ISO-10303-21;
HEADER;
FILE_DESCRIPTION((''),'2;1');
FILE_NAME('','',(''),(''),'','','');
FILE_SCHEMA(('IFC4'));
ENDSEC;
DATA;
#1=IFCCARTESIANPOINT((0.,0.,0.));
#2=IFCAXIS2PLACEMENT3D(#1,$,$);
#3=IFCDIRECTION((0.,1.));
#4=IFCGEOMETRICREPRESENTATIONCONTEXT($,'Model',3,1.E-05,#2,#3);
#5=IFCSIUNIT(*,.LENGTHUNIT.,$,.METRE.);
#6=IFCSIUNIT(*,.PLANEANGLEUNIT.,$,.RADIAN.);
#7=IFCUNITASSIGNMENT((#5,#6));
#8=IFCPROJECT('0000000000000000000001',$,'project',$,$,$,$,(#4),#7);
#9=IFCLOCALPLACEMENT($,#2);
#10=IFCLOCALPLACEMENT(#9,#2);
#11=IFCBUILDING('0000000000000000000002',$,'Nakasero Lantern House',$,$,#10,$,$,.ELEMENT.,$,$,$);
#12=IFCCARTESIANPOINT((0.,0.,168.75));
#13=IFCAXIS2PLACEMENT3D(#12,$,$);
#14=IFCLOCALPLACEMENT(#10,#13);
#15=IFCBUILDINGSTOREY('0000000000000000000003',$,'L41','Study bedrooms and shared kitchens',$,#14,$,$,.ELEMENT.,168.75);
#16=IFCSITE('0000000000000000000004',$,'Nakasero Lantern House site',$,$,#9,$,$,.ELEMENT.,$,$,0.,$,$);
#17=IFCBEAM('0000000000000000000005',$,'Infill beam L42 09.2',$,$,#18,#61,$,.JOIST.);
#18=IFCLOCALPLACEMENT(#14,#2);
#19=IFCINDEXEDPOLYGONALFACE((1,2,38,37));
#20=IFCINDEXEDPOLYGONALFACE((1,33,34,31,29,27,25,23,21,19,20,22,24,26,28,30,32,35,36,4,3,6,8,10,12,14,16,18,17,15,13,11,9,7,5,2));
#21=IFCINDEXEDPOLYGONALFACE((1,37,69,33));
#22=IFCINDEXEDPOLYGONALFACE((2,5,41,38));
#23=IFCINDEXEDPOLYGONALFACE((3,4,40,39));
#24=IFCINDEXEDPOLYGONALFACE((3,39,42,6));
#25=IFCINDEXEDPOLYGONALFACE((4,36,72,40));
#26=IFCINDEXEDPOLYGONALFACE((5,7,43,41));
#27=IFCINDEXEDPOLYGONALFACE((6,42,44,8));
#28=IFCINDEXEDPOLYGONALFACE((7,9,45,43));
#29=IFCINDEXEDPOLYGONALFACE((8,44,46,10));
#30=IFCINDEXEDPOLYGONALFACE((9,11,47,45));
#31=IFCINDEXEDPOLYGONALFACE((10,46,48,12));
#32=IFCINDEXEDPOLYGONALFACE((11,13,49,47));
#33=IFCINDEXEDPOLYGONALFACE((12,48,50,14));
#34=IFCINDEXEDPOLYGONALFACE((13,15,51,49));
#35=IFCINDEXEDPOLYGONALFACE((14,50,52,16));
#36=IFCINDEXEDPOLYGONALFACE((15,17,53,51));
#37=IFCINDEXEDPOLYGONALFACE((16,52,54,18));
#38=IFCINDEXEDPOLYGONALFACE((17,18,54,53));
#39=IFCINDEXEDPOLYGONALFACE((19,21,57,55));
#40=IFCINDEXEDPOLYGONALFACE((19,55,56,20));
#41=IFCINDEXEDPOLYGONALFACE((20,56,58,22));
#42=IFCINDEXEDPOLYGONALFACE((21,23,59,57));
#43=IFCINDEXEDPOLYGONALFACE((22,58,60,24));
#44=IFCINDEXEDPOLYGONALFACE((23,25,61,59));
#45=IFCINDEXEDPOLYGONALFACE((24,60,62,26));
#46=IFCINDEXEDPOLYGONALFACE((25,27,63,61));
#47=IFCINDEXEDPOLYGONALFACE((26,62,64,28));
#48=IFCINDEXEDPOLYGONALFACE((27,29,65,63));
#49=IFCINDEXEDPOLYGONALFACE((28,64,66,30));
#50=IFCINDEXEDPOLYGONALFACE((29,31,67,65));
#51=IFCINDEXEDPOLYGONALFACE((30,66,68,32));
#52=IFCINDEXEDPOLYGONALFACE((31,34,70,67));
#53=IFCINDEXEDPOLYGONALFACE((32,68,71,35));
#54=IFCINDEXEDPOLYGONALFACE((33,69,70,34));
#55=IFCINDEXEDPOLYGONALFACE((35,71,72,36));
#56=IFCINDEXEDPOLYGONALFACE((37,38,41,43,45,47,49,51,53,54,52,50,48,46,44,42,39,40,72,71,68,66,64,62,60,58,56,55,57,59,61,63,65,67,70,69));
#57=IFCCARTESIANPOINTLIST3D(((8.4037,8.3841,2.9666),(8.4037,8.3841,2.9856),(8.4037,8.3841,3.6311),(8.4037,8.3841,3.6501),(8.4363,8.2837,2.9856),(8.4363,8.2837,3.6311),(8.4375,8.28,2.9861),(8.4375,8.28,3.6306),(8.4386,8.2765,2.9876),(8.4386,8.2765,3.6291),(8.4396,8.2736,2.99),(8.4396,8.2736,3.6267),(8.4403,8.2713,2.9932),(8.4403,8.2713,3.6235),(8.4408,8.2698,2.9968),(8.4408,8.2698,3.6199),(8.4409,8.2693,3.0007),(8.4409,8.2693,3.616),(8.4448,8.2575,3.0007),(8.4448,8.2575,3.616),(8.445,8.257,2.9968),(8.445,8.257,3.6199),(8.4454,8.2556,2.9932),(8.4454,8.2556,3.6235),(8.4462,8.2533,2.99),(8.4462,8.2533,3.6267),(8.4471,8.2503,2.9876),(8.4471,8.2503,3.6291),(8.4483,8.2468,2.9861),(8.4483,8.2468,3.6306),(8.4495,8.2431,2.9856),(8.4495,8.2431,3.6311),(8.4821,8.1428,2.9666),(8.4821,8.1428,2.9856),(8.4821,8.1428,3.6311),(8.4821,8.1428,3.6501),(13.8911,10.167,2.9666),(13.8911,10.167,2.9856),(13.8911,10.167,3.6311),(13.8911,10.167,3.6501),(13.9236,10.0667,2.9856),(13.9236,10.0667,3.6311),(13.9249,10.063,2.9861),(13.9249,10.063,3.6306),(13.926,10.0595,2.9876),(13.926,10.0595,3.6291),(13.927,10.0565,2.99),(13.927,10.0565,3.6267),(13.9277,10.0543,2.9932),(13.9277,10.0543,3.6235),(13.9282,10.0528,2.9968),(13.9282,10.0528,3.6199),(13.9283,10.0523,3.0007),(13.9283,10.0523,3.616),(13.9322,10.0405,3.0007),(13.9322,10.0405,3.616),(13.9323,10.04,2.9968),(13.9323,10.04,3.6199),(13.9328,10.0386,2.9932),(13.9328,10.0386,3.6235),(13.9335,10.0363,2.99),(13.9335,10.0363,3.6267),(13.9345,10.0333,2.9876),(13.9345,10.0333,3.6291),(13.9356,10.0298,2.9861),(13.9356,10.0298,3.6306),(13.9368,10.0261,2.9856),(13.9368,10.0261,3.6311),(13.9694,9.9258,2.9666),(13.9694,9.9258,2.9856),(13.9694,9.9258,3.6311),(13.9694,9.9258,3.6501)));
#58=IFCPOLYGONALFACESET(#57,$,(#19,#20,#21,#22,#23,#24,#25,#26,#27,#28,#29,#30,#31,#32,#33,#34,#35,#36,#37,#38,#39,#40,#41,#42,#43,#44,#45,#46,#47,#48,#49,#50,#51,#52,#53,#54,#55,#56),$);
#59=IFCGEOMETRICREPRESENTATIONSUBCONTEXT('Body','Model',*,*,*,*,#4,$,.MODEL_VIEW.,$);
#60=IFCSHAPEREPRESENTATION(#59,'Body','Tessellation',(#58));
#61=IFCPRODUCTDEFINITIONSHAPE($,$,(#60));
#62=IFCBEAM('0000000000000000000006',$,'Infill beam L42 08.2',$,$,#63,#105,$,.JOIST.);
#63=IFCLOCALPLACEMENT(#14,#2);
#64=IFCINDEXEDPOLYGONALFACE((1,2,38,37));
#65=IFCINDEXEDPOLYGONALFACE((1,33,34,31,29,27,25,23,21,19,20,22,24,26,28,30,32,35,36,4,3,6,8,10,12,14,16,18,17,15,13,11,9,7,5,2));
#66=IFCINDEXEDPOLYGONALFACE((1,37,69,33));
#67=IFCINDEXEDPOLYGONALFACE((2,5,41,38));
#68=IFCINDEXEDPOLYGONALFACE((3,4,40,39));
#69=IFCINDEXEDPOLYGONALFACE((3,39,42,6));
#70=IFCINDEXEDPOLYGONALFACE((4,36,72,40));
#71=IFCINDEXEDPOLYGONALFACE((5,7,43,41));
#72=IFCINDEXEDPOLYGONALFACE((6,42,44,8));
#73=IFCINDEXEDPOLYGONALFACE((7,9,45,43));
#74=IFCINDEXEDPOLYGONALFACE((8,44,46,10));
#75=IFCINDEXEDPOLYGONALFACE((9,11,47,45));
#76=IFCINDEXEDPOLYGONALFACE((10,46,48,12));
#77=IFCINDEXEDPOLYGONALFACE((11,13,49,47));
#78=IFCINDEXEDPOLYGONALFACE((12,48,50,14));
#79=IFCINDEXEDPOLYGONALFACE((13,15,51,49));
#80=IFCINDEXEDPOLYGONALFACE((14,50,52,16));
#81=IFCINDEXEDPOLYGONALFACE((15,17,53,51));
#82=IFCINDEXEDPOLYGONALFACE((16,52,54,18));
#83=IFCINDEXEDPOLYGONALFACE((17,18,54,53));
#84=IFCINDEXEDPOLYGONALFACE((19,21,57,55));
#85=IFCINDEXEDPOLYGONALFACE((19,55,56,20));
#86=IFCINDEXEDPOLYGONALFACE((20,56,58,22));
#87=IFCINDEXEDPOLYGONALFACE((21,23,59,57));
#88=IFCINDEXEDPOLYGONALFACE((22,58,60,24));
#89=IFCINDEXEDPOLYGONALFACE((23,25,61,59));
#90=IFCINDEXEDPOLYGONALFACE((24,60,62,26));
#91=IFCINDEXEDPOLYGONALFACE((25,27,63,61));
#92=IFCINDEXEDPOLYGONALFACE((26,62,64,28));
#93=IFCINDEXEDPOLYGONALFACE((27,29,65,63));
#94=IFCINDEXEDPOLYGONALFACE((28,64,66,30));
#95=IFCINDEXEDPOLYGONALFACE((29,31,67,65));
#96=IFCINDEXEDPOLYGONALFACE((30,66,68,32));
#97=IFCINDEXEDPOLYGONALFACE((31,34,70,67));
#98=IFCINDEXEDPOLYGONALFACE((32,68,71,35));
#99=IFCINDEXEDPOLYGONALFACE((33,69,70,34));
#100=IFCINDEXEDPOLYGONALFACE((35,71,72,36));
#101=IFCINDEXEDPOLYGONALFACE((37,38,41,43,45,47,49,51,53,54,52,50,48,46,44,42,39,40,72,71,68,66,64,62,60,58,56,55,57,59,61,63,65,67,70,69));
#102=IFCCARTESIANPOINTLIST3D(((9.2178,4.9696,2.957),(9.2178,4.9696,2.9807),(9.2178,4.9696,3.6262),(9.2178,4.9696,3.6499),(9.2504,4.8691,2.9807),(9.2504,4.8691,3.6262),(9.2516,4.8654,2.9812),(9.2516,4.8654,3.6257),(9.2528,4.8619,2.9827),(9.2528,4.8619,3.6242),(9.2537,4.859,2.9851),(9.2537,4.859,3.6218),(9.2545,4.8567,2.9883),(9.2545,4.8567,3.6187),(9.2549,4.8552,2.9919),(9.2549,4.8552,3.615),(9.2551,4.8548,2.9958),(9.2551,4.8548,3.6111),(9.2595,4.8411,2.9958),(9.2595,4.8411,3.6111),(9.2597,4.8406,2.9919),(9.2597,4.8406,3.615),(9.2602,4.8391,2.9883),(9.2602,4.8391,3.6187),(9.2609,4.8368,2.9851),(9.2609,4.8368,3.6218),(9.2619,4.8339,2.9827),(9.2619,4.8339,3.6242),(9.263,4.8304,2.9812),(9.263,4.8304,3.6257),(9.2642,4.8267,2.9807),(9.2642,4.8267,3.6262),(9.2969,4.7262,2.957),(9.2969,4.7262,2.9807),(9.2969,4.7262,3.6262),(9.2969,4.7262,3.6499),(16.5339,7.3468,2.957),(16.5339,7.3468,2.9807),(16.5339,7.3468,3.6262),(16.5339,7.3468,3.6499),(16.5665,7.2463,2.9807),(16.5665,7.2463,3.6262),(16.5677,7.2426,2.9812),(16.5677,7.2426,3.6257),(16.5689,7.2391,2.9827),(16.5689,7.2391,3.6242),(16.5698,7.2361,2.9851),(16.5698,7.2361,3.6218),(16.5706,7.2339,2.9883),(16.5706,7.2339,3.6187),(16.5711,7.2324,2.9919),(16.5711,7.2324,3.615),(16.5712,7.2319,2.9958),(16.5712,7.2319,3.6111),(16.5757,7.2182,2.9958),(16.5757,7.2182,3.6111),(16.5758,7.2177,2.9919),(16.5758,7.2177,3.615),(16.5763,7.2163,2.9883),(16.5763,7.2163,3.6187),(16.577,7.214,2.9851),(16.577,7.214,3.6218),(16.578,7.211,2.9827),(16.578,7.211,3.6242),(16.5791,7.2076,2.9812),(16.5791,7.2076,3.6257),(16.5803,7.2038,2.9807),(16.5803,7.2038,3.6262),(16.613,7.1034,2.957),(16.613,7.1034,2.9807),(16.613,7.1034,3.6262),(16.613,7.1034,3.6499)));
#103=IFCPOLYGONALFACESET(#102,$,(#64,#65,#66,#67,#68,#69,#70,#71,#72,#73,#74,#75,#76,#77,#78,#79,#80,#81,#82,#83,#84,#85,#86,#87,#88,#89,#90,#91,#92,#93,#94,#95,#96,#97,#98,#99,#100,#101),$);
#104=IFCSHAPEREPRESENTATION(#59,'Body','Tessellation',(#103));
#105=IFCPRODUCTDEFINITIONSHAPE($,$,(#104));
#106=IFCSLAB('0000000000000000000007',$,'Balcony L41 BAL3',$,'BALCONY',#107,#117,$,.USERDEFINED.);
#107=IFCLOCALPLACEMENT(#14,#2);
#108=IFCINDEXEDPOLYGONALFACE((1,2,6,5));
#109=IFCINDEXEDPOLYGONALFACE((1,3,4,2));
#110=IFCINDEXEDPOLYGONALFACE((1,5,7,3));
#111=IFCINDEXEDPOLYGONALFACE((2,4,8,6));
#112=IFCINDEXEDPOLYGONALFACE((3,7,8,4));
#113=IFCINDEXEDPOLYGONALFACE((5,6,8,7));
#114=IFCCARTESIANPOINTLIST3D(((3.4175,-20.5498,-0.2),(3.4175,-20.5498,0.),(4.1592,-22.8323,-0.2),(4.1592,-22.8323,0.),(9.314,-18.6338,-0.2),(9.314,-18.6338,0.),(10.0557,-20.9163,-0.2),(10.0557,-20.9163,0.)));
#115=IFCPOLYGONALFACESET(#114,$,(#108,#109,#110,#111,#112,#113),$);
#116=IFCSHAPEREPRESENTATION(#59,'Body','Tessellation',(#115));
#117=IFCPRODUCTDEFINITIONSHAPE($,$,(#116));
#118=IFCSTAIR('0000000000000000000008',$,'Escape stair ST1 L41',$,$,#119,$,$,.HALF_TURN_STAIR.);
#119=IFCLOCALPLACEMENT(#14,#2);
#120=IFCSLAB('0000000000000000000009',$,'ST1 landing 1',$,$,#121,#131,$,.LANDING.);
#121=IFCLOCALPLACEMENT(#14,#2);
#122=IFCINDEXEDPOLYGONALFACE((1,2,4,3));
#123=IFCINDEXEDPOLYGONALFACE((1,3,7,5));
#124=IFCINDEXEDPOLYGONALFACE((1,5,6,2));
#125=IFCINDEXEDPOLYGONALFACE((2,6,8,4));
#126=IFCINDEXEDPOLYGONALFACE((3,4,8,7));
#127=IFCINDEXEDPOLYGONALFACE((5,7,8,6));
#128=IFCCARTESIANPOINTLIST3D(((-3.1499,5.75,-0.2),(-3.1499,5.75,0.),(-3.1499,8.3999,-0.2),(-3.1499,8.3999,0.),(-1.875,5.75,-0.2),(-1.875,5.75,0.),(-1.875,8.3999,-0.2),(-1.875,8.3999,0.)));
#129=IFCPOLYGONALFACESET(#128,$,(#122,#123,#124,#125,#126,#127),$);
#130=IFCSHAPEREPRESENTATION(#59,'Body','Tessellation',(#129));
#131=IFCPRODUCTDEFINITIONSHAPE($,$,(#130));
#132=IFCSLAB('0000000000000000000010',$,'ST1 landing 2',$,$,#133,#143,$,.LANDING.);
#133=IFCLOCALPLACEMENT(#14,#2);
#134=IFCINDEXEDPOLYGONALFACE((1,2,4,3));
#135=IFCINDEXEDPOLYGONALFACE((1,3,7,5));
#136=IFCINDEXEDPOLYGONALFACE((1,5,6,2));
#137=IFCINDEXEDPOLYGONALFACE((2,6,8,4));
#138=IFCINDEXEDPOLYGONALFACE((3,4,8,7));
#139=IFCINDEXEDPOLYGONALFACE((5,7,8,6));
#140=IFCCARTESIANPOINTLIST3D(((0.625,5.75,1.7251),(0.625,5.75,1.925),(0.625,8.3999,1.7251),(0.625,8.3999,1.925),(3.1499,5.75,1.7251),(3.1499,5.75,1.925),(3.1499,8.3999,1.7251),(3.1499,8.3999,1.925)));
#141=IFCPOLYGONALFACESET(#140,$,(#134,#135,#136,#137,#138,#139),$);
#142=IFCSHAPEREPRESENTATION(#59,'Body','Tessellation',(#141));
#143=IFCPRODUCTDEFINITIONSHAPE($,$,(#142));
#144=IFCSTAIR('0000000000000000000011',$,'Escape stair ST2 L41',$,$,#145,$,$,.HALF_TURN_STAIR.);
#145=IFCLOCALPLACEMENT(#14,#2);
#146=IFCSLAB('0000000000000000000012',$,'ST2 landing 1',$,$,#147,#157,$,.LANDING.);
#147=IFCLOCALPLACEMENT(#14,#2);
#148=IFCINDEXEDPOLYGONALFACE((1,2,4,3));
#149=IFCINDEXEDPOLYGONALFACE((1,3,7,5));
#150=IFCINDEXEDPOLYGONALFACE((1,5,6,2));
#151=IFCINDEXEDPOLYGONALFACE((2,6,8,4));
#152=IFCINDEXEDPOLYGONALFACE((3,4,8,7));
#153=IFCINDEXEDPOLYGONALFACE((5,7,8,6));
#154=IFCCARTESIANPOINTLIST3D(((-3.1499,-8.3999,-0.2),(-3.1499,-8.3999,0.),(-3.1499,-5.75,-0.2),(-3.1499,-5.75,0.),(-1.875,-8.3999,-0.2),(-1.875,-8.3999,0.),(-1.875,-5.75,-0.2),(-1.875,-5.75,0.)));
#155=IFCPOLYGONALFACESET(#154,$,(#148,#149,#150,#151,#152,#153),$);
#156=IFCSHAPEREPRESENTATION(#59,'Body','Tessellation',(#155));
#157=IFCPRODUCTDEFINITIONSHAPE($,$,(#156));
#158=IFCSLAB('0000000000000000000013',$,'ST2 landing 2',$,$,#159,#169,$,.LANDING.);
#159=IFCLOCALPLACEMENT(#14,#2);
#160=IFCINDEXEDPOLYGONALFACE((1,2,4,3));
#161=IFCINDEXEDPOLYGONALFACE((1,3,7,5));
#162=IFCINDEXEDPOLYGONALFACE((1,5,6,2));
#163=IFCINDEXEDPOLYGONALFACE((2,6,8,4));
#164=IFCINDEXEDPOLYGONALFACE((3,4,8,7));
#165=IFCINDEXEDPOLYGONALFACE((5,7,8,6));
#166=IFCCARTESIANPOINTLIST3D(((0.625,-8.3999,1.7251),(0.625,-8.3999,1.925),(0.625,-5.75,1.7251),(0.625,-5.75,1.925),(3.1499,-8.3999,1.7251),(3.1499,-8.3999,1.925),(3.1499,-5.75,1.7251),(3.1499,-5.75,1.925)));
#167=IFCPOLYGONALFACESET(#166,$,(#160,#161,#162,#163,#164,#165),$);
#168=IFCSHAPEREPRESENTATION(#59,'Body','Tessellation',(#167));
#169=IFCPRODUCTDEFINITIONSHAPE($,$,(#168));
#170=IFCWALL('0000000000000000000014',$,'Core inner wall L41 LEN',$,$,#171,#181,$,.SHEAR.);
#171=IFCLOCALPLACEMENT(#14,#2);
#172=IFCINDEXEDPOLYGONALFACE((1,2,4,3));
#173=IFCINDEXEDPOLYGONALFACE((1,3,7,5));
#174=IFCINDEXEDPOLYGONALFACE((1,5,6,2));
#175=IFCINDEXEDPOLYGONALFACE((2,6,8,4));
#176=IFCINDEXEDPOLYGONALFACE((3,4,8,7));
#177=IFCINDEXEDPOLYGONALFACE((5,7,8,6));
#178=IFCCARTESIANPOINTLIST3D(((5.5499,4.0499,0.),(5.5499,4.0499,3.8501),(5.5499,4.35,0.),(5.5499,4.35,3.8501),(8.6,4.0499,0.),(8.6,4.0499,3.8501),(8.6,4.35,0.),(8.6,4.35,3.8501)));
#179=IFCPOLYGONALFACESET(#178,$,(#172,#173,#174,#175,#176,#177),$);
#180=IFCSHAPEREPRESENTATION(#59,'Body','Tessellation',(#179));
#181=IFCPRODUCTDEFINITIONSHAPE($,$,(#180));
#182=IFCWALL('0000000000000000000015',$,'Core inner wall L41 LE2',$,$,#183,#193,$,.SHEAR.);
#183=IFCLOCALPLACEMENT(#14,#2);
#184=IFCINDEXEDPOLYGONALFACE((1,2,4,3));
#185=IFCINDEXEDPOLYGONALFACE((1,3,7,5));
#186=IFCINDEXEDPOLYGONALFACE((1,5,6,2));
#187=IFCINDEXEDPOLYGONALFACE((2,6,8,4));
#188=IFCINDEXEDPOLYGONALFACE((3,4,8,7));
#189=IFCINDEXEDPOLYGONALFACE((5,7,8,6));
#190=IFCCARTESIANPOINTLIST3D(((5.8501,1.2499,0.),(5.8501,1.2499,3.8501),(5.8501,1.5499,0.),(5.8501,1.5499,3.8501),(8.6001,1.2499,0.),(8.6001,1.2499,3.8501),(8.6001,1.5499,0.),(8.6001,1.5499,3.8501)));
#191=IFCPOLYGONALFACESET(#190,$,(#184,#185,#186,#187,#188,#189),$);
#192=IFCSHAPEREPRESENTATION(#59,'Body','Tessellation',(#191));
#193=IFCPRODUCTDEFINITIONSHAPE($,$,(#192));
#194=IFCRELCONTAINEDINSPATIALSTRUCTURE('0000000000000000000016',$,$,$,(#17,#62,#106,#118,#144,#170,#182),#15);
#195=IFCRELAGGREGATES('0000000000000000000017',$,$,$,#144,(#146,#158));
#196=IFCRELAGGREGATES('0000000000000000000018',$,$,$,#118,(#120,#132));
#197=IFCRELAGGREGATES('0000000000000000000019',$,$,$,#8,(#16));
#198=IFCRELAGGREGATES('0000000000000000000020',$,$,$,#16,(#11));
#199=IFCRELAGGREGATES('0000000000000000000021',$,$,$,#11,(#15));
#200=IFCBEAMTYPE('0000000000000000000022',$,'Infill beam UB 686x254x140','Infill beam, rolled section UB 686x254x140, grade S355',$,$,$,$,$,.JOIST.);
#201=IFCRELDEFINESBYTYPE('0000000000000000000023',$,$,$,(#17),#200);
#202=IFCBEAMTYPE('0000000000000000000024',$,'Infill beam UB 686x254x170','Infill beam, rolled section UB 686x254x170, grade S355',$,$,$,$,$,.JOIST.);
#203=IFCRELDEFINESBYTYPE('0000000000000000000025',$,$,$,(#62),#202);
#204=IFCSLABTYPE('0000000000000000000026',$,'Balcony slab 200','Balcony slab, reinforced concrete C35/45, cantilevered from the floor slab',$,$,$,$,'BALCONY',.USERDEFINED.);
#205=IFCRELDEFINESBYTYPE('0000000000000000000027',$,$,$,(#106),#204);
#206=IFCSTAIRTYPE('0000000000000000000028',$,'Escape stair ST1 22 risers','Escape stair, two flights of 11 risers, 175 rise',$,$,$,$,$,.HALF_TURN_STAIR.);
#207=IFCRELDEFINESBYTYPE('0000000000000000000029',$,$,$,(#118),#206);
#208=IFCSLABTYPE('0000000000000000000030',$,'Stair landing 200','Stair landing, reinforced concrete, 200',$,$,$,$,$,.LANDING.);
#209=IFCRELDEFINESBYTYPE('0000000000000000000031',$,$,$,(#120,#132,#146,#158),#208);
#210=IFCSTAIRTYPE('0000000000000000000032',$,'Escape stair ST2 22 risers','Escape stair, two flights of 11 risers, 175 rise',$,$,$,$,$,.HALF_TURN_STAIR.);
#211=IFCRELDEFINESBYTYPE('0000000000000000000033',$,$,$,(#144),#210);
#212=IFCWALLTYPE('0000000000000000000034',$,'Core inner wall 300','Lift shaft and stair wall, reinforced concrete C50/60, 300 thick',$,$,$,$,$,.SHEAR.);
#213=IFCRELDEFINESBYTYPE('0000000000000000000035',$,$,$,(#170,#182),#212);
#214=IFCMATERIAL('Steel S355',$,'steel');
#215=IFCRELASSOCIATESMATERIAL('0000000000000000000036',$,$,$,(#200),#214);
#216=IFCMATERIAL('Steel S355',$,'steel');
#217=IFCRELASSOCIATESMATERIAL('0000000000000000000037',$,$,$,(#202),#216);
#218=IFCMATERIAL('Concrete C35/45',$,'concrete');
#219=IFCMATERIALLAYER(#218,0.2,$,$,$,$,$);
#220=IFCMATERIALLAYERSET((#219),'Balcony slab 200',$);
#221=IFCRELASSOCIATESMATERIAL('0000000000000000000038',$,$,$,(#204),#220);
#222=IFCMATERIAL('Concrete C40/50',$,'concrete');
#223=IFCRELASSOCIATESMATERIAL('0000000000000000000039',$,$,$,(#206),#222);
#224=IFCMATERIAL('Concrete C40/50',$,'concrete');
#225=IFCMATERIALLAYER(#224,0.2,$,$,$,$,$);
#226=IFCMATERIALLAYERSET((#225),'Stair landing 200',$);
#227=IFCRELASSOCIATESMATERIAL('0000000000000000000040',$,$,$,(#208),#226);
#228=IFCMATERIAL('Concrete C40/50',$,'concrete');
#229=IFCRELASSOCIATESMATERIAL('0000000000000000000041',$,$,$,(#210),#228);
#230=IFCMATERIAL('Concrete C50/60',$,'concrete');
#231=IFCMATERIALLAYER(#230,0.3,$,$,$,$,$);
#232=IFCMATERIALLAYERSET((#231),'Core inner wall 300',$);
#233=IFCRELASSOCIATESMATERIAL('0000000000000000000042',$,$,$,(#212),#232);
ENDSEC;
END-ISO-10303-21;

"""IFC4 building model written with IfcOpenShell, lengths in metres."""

from ifc_helpers import new_model, si_unit, direction, frame, frame_2d, origin, origin_2d, place, context, subcontext, project, spatial, polyline, rectangle, i_section, outline, extrude, material, layer, layer_set, material_profile, profile_set, type_object, element, aggregate, save


model = new_model("IFC4")

# Units and contexts
model_context = context("Model", 3, precision=1e-05, world=origin(), true_north=direction((0.0, 1.0)))
body_context = subcontext(model_context, "Body", "Model", "MODEL_VIEW")
ifc_project = project(units=[si_unit("LENGTHUNIT", "METRE"), si_unit("PLANEANGLEUNIT", "RADIAN")], contexts=[model_context])

# Site, building, storey
site_placement = place(None, origin())
site = spatial("IfcSite", under=ifc_project, at=site_placement, Name="Nakasero Lantern House site", CompositionType="ELEMENT", RefElevation=0.0)
building_placement = place(site_placement, origin())
building = spatial("IfcBuilding", under=site, at=building_placement, Name="Nakasero Lantern House", CompositionType="ELEMENT")
storey_placement = place(building_placement, frame((0.0, 0.0, 168.75)))
storey = spatial("IfcBuildingStorey", under=building, at=storey_placement, Name="L41", Description="Study bedrooms and shared kitchens", CompositionType="ELEMENT", Elevation=168.75)

# Beams
ifc_material_1 = material(Name="Steel S355", Category="steel")
ifc_material_profile_1 = material_profile(ifc_material_1, i_section(OverallWidth=0.2537, OverallDepth=0.6836, WebThickness=0.0125, FlangeThickness=0.019, FilletRadius=0.0151, at=origin_2d()), Name="UB 686x254x140")
ifc_profile_set_1 = profile_set([ifc_material_profile_1], Name="Steel S355")
beam_type_1 = type_object("IfcBeamType", Name="Infill beam UB 686x254x140", Description="Infill beam, rolled section UB 686x254x140, grade S355", PredefinedType="JOIST", material=ifc_profile_set_1)
beam_1_placement = place(storey_placement, frame((8.4429, 8.2634, 3.3083), z_axis=(0.951055, 0.309021, 0.0), x_axis=(-0.309021, 0.951055, 0.0)))
element("IfcBeam", 1, at=beam_1_placement, inside=storey, type_object=beam_type_1, Name="Infill beam L42 09.2", PredefinedType="JOIST", context=body_context, shape_type="SweptSolid", body=[
    extrude(i_section(OverallWidth=0.2537, OverallDepth=0.6836, WebThickness=0.0125, FlangeThickness=0.019, FilletRadius=0.0151, at=origin_2d()), origin(), (0.0, 0.0, 1.0), 5.7698),
])
ifc_material_2 = material(Name="Steel S355", Category="steel")
ifc_material_profile_2 = material_profile(ifc_material_2, i_section(OverallWidth=0.2559, OverallDepth=0.6929, WebThickness=0.0144, FlangeThickness=0.0237, FilletRadius=0.0151, at=origin_2d()), Name="UB 686x254x170")
ifc_profile_set_2 = profile_set([ifc_material_profile_2], Name="Steel S355")
beam_type_2 = type_object("IfcBeamType", Name="Infill beam UB 686x254x170", Description="Infill beam, rolled section UB 686x254x170, grade S355", PredefinedType="JOIST", material=ifc_profile_set_2)
beam_2_placement = place(storey_placement, frame((9.2573, 4.8479, 3.3035), z_axis=(0.951055, 0.309021, 0.0), x_axis=(-0.309021, 0.951055, 0.0)))
element("IfcBeam", 2, at=beam_2_placement, inside=storey, type_object=beam_type_2, Name="Infill beam L42 08.2", PredefinedType="JOIST", context=body_context, shape_type="SweptSolid", body=[
    extrude(i_section(OverallWidth=0.2559, OverallDepth=0.6929, WebThickness=0.0144, FlangeThickness=0.0237, FilletRadius=0.0151, at=origin_2d()), origin(), (0.0, 0.0, 1.0), 7.6926),
])

# Slab
ifc_material_3 = material(Name="Concrete C35/45", Category="concrete")
ifc_layer_1 = layer(ifc_material_3, 0.2)
ifc_layer_set_1 = layer_set([ifc_layer_1], Name="Balcony slab 200")
slab_type_1 = type_object("IfcSlabType", Name="Balcony slab 200", Description="Balcony slab, reinforced concrete C35/45, cantilevered from the floor slab", ElementType="BALCONY", PredefinedType="USERDEFINED", material=ifc_layer_set_1)
slab_1_placement = place(storey_placement, frame((0.0, 0.0, -0.2)))
element("IfcSlab", 3, at=slab_1_placement, inside=storey, type_object=slab_type_1, Name="Balcony L41 BAL3", ObjectType="BALCONY", PredefinedType="USERDEFINED", context=body_context, shape_type="SweptSolid", body=[
    extrude(outline(polyline([(3.4175, -20.5498), (4.1592, -22.8323), (10.0557, -20.9163), (9.314, -18.6338), (3.4175, -20.5498)])), origin(), (0.0, 0.0, 1.0), 0.2),
])

# Stairs, slabs
ifc_material_4 = material(Name="Concrete C40/50", Category="concrete")
stair_type_1 = type_object("IfcStairType", Name="Escape stair ST1 22 risers", Description="Escape stair, two flights of 11 risers, 175 rise", PredefinedType="HALF_TURN_STAIR", material=ifc_material_4)
stair_1_placement = place(storey_placement, origin())
stair_1 = element("IfcStair", 4, at=stair_1_placement, inside=storey, type_object=stair_type_1, Name="Escape stair ST1 L41", PredefinedType="HALF_TURN_STAIR")
ifc_material_5 = material(Name="Concrete C40/50", Category="concrete")
ifc_layer_2 = layer(ifc_material_5, 0.2)
ifc_layer_set_2 = layer_set([ifc_layer_2], Name="Stair landing 200")
slab_type_2 = type_object("IfcSlabType", Name="Stair landing 200", Description="Stair landing, reinforced concrete, 200", PredefinedType="LANDING", material=ifc_layer_set_2)
slab_2_placement = place(storey_placement, frame((0.0, 0.0, -0.2)))
slab_2 = element("IfcSlab", 5, at=slab_2_placement, type_object=slab_type_2, Name="ST1 landing 1", PredefinedType="LANDING", context=body_context, shape_type="SweptSolid", body=[
    extrude(outline(polyline([(-3.1499, 5.75), (-1.875, 5.75), (-1.875, 8.3999), (-3.1499, 8.3999), (-3.1499, 5.75)])), origin(), (0.0, 0.0, 1.0), 0.2),
])
slab_3_placement = place(storey_placement, frame((0.0, 0.0, 1.7251)))
slab_3 = element("IfcSlab", 6, at=slab_3_placement, type_object=slab_type_2, Name="ST1 landing 2", PredefinedType="LANDING", context=body_context, shape_type="SweptSolid", body=[
    extrude(outline(polyline([(0.625, 5.75), (3.1499, 5.75), (3.1499, 8.3999), (0.625, 8.3999), (0.625, 5.75)])), origin(), (0.0, 0.0, 1.0), 0.2),
])
ifc_material_6 = material(Name="Concrete C40/50", Category="concrete")
stair_type_2 = type_object("IfcStairType", Name="Escape stair ST2 22 risers", Description="Escape stair, two flights of 11 risers, 175 rise", PredefinedType="HALF_TURN_STAIR", material=ifc_material_6)
stair_2_placement = place(storey_placement, origin())
stair_2 = element("IfcStair", 7, at=stair_2_placement, inside=storey, type_object=stair_type_2, Name="Escape stair ST2 L41", PredefinedType="HALF_TURN_STAIR")
slab_4_placement = place(storey_placement, frame((0.0, 0.0, -0.2)))
slab_4 = element("IfcSlab", 8, at=slab_4_placement, type_object=slab_type_2, Name="ST2 landing 1", PredefinedType="LANDING", context=body_context, shape_type="SweptSolid", body=[
    extrude(outline(polyline([(-3.1499, -8.3999), (-1.875, -8.3999), (-1.875, -5.75), (-3.1499, -5.75), (-3.1499, -8.3999)])), origin(), (0.0, 0.0, 1.0), 0.2),
])
slab_5_placement = place(storey_placement, frame((0.0, 0.0, 1.7251)))
slab_5 = element("IfcSlab", 9, at=slab_5_placement, type_object=slab_type_2, Name="ST2 landing 2", PredefinedType="LANDING", context=body_context, shape_type="SweptSolid", body=[
    extrude(outline(polyline([(0.625, -8.3999), (3.1499, -8.3999), (3.1499, -5.75), (0.625, -5.75), (0.625, -8.3999)])), origin(), (0.0, 0.0, 1.0), 0.2),
])
aggregate(stair_2, [slab_4, slab_5])

# Walls
ifc_material_7 = material(Name="Concrete C50/60", Category="concrete")
ifc_layer_3 = layer(ifc_material_7, 0.3)
ifc_layer_set_3 = layer_set([ifc_layer_3], Name="Core inner wall 300")
wall_type_1 = type_object("IfcWallType", Name="Core inner wall 300", Description="Lift shaft and stair wall, reinforced concrete C50/60, 300 thick", PredefinedType="SHEAR", material=ifc_layer_set_3)
wall_1_placement = place(storey_placement, frame((5.55, 4.2, 0.0), z_axis=(0.0, 0.0, 1.0), x_axis=(1.0, 0.0, 0.0)))
element("IfcWall", 10, at=wall_1_placement, inside=storey, type_object=wall_type_1, Name="Core inner wall L41 LEN", PredefinedType="SHEAR", context=body_context, shape_type="SweptSolid", body=[
    extrude(rectangle(XDim=3.05, YDim=0.3, at=frame_2d((1.5249, 0.0))), origin(), (0.0, 0.0, 1.0), 3.8501),
])
wall_2_placement = place(storey_placement, frame((5.8501, 1.3999, 0.0), z_axis=(0.0, 0.0, 1.0), x_axis=(1.0, 0.0, 0.0)))
element("IfcWall", 11, at=wall_2_placement, inside=storey, type_object=wall_type_1, Name="Core inner wall L41 LE2", PredefinedType="SHEAR", context=body_context, shape_type="SweptSolid", body=[
    extrude(rectangle(XDim=2.75, YDim=0.3, at=frame_2d((1.375, 0.0))), origin(), (0.0, 0.0, 1.0), 3.8501),
])

aggregate(stair_1, [slab_2, slab_3])

save(model, "model.ifc")
